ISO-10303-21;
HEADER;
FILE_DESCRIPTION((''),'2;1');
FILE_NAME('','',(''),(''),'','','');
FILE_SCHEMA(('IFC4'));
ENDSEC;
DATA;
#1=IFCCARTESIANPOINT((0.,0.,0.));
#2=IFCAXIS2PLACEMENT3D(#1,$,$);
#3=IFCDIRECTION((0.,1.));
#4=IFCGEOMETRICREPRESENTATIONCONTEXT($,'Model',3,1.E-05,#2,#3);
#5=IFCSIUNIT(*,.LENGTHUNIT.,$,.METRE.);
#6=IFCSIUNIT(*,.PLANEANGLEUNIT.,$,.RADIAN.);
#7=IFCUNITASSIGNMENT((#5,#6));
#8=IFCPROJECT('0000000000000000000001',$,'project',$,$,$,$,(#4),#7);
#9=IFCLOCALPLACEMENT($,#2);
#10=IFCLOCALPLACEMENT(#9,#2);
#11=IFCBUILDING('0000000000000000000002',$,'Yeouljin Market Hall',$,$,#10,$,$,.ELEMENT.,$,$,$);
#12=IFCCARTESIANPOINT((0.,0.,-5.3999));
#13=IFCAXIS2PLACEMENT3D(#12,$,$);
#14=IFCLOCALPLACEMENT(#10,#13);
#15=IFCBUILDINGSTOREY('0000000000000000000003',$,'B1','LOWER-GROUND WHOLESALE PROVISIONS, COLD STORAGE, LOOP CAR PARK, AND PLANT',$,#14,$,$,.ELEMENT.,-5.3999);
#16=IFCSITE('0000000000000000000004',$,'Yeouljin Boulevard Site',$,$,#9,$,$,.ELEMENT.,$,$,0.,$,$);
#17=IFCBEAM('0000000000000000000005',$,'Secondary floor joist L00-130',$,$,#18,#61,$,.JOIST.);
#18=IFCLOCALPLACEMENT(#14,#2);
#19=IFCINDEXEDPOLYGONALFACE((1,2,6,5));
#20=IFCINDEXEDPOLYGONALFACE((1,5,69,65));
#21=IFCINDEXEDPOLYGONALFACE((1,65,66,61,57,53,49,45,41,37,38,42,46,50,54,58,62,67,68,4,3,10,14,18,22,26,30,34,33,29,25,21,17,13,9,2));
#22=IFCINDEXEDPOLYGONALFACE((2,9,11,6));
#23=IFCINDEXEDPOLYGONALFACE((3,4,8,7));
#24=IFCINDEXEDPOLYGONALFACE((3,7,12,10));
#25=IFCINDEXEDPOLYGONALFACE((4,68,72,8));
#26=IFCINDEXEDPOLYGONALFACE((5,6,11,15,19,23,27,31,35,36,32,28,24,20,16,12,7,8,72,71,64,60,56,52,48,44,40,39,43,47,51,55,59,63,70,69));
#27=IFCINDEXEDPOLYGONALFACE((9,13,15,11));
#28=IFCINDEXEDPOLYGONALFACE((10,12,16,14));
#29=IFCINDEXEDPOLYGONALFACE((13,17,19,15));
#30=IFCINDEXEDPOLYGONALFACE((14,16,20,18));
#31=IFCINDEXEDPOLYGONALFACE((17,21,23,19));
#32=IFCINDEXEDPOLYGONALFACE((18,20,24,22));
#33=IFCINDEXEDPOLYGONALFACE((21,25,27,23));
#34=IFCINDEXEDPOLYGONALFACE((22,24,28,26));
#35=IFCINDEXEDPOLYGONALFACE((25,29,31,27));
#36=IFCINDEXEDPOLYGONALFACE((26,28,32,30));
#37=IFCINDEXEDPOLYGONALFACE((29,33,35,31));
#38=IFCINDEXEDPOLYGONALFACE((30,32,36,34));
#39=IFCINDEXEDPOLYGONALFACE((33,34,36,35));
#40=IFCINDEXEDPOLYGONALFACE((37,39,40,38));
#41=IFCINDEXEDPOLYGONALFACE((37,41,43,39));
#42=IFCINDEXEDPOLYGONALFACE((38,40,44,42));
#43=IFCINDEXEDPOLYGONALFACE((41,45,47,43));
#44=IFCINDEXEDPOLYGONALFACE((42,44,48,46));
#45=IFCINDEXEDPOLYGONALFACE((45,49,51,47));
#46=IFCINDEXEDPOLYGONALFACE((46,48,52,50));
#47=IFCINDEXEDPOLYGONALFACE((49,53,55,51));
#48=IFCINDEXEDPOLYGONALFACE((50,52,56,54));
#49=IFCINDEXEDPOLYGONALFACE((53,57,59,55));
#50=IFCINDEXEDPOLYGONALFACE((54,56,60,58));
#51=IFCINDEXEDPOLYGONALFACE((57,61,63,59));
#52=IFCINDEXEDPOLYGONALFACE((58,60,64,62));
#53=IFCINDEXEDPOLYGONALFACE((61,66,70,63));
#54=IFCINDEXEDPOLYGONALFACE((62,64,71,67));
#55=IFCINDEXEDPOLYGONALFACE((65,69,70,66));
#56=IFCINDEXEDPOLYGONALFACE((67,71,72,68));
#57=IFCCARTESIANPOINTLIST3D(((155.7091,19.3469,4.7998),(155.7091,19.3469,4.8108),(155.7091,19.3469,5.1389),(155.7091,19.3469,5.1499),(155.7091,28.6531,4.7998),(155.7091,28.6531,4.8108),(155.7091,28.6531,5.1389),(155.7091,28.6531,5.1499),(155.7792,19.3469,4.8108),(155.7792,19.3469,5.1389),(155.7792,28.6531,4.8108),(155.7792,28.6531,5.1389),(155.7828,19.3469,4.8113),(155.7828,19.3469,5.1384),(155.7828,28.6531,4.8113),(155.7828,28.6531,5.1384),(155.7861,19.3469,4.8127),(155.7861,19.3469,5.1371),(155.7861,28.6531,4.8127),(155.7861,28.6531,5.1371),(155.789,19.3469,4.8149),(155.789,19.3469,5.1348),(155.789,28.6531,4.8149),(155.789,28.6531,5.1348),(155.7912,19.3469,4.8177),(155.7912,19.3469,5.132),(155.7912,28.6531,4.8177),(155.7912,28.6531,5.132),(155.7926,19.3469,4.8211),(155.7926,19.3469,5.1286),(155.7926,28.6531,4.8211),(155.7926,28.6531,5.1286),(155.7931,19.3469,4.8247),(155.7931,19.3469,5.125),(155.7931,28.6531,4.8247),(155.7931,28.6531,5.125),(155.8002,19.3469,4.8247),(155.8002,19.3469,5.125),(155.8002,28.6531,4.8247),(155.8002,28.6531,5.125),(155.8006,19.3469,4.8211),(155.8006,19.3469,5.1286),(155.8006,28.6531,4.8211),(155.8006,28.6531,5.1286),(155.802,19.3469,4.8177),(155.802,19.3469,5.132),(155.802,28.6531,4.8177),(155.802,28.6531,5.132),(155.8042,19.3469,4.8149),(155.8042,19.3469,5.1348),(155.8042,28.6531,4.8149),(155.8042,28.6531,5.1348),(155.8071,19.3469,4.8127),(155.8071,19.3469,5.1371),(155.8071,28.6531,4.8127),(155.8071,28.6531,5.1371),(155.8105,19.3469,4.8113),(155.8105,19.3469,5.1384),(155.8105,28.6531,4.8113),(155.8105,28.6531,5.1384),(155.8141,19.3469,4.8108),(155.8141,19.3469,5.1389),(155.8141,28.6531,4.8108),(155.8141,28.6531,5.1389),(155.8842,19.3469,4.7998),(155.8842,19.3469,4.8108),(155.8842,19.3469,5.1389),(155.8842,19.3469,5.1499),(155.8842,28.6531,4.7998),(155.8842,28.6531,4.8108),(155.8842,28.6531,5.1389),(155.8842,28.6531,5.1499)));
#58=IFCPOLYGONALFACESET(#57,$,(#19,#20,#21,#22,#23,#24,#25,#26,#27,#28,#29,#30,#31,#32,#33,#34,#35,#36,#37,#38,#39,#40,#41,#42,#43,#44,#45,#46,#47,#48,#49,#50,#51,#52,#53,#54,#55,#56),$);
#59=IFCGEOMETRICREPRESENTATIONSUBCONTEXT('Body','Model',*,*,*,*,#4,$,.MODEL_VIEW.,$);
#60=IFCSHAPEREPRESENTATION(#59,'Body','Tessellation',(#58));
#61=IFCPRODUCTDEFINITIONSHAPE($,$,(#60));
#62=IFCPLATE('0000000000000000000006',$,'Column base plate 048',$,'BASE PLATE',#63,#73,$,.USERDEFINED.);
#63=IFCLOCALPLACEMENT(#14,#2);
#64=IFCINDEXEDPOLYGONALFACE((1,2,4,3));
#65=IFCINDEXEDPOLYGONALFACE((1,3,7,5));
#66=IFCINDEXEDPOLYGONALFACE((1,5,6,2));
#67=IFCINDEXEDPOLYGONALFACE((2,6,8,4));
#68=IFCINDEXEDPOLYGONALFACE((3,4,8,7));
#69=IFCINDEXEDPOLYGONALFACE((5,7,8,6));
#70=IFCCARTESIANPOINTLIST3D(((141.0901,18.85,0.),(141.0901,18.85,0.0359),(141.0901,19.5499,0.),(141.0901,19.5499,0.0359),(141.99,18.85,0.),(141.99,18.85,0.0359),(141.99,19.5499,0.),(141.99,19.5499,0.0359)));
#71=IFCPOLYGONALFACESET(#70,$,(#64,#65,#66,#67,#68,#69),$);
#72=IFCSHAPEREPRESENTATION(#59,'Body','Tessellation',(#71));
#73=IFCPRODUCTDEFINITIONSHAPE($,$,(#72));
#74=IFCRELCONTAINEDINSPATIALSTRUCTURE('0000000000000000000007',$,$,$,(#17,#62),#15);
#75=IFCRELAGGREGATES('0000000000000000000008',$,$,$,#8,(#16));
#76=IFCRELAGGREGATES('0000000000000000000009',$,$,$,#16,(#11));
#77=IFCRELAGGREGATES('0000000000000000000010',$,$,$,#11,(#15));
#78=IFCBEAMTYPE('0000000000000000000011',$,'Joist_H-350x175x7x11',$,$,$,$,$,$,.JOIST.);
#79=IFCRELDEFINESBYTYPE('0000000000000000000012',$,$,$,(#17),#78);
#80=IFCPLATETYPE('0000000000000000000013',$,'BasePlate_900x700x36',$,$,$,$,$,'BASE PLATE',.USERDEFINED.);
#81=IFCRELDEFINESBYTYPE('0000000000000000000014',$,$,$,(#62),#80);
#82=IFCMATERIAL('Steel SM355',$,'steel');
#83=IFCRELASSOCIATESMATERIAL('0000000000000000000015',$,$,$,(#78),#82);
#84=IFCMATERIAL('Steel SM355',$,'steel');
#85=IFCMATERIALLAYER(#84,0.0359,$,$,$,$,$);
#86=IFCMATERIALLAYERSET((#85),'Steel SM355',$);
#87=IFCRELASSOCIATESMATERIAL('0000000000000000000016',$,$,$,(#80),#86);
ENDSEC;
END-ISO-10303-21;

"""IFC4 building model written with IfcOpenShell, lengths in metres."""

from ifc_helpers import new_model, si_unit, direction, frame, origin, origin_2d, place, context, subcontext, project, spatial, rectangle, i_section, extrude, material, layer, layer_set, material_profile, profile_set, type_object, element, save


model = new_model("IFC4")

# Units and contexts
model_context = context("Model", 3, precision=1e-05, world=origin(), true_north=direction((0.0, 1.0)))
body_context = subcontext(model_context, "Body", "Model", "MODEL_VIEW")
ifc_project = project(units=[si_unit("LENGTHUNIT", "METRE"), si_unit("PLANEANGLEUNIT", "RADIAN")], contexts=[model_context])

# Site, building, storey
site_placement = place(None, origin())
site = spatial("IfcSite", under=ifc_project, at=site_placement, Name="Yeouljin Boulevard Site", CompositionType="ELEMENT", RefElevation=0.0)
building_placement = place(site_placement, origin())
building = spatial("IfcBuilding", under=site, at=building_placement, Name="Yeouljin Market Hall", CompositionType="ELEMENT")
storey_placement = place(building_placement, frame((0.0, 0.0, -5.3999)))
storey = spatial("IfcBuildingStorey", under=building, at=storey_placement, Name="B1", Description="LOWER-GROUND WHOLESALE PROVISIONS, COLD STORAGE, LOOP CAR PARK, AND PLANT", CompositionType="ELEMENT", Elevation=-5.3999)

# Beam
ifc_material_1 = material(Name="Steel SM355", Category="steel")
ifc_material_profile_1 = material_profile(ifc_material_1, i_section(OverallWidth=0.175, OverallDepth=0.3501, WebThickness=0.0071, FlangeThickness=0.011, FilletRadius=0.0139, at=origin_2d()), Name="H-350x175x7x11")
ifc_profile_set_1 = profile_set([ifc_material_profile_1], Name="Steel SM355")
beam_type_1 = type_object("IfcBeamType", Name="Joist_H-350x175x7x11", PredefinedType="JOIST", material=ifc_profile_set_1)
for number, where, z_axis, x_axis, name in (
    (1, (155.7966, 19.3469, 4.9749), (0.0, 1.0, 0.0), (-1.0, 0.0, 0.0), "Secondary floor joist L00-130"),
):
    element("IfcBeam", number, at=place(storey_placement, frame(where, z_axis=z_axis, x_axis=x_axis)), inside=storey, type_object=beam_type_1, Name=name, PredefinedType="JOIST", context=body_context, shape_type="SweptSolid", body=[
        extrude(i_section(OverallWidth=0.175, OverallDepth=0.3501, WebThickness=0.0071, FlangeThickness=0.011, FilletRadius=0.0139, at=origin_2d()), origin(), (0.0, 0.0, 1.0), 9.3062),
    ])

# Plate
ifc_material_2 = material(Name="Steel SM355", Category="steel")
ifc_layer = layer(ifc_material_2, 0.0359)
ifc_layer_set = layer_set([ifc_layer], Name="Steel SM355")
plate_type = type_object("IfcPlateType", Name="BasePlate_900x700x36", ElementType="BASE PLATE", PredefinedType="USERDEFINED", material=ifc_layer_set)
plate_placement = place(storey_placement, frame((141.54, 19.2, 0.0), z_axis=(0.0, 0.0, 1.0), x_axis=(1.0, 0.0, 0.0)))
element("IfcPlate", 2, at=plate_placement, inside=storey, type_object=plate_type, Name="Column base plate 048", ObjectType="BASE PLATE", PredefinedType="USERDEFINED", context=body_context, shape_type="SweptSolid", body=[
    extrude(rectangle(XDim=0.8999, YDim=0.7, at=origin_2d()), origin(), (0.0, 0.0, 1.0), 0.0359),
])

save(model, "model.ifc")
